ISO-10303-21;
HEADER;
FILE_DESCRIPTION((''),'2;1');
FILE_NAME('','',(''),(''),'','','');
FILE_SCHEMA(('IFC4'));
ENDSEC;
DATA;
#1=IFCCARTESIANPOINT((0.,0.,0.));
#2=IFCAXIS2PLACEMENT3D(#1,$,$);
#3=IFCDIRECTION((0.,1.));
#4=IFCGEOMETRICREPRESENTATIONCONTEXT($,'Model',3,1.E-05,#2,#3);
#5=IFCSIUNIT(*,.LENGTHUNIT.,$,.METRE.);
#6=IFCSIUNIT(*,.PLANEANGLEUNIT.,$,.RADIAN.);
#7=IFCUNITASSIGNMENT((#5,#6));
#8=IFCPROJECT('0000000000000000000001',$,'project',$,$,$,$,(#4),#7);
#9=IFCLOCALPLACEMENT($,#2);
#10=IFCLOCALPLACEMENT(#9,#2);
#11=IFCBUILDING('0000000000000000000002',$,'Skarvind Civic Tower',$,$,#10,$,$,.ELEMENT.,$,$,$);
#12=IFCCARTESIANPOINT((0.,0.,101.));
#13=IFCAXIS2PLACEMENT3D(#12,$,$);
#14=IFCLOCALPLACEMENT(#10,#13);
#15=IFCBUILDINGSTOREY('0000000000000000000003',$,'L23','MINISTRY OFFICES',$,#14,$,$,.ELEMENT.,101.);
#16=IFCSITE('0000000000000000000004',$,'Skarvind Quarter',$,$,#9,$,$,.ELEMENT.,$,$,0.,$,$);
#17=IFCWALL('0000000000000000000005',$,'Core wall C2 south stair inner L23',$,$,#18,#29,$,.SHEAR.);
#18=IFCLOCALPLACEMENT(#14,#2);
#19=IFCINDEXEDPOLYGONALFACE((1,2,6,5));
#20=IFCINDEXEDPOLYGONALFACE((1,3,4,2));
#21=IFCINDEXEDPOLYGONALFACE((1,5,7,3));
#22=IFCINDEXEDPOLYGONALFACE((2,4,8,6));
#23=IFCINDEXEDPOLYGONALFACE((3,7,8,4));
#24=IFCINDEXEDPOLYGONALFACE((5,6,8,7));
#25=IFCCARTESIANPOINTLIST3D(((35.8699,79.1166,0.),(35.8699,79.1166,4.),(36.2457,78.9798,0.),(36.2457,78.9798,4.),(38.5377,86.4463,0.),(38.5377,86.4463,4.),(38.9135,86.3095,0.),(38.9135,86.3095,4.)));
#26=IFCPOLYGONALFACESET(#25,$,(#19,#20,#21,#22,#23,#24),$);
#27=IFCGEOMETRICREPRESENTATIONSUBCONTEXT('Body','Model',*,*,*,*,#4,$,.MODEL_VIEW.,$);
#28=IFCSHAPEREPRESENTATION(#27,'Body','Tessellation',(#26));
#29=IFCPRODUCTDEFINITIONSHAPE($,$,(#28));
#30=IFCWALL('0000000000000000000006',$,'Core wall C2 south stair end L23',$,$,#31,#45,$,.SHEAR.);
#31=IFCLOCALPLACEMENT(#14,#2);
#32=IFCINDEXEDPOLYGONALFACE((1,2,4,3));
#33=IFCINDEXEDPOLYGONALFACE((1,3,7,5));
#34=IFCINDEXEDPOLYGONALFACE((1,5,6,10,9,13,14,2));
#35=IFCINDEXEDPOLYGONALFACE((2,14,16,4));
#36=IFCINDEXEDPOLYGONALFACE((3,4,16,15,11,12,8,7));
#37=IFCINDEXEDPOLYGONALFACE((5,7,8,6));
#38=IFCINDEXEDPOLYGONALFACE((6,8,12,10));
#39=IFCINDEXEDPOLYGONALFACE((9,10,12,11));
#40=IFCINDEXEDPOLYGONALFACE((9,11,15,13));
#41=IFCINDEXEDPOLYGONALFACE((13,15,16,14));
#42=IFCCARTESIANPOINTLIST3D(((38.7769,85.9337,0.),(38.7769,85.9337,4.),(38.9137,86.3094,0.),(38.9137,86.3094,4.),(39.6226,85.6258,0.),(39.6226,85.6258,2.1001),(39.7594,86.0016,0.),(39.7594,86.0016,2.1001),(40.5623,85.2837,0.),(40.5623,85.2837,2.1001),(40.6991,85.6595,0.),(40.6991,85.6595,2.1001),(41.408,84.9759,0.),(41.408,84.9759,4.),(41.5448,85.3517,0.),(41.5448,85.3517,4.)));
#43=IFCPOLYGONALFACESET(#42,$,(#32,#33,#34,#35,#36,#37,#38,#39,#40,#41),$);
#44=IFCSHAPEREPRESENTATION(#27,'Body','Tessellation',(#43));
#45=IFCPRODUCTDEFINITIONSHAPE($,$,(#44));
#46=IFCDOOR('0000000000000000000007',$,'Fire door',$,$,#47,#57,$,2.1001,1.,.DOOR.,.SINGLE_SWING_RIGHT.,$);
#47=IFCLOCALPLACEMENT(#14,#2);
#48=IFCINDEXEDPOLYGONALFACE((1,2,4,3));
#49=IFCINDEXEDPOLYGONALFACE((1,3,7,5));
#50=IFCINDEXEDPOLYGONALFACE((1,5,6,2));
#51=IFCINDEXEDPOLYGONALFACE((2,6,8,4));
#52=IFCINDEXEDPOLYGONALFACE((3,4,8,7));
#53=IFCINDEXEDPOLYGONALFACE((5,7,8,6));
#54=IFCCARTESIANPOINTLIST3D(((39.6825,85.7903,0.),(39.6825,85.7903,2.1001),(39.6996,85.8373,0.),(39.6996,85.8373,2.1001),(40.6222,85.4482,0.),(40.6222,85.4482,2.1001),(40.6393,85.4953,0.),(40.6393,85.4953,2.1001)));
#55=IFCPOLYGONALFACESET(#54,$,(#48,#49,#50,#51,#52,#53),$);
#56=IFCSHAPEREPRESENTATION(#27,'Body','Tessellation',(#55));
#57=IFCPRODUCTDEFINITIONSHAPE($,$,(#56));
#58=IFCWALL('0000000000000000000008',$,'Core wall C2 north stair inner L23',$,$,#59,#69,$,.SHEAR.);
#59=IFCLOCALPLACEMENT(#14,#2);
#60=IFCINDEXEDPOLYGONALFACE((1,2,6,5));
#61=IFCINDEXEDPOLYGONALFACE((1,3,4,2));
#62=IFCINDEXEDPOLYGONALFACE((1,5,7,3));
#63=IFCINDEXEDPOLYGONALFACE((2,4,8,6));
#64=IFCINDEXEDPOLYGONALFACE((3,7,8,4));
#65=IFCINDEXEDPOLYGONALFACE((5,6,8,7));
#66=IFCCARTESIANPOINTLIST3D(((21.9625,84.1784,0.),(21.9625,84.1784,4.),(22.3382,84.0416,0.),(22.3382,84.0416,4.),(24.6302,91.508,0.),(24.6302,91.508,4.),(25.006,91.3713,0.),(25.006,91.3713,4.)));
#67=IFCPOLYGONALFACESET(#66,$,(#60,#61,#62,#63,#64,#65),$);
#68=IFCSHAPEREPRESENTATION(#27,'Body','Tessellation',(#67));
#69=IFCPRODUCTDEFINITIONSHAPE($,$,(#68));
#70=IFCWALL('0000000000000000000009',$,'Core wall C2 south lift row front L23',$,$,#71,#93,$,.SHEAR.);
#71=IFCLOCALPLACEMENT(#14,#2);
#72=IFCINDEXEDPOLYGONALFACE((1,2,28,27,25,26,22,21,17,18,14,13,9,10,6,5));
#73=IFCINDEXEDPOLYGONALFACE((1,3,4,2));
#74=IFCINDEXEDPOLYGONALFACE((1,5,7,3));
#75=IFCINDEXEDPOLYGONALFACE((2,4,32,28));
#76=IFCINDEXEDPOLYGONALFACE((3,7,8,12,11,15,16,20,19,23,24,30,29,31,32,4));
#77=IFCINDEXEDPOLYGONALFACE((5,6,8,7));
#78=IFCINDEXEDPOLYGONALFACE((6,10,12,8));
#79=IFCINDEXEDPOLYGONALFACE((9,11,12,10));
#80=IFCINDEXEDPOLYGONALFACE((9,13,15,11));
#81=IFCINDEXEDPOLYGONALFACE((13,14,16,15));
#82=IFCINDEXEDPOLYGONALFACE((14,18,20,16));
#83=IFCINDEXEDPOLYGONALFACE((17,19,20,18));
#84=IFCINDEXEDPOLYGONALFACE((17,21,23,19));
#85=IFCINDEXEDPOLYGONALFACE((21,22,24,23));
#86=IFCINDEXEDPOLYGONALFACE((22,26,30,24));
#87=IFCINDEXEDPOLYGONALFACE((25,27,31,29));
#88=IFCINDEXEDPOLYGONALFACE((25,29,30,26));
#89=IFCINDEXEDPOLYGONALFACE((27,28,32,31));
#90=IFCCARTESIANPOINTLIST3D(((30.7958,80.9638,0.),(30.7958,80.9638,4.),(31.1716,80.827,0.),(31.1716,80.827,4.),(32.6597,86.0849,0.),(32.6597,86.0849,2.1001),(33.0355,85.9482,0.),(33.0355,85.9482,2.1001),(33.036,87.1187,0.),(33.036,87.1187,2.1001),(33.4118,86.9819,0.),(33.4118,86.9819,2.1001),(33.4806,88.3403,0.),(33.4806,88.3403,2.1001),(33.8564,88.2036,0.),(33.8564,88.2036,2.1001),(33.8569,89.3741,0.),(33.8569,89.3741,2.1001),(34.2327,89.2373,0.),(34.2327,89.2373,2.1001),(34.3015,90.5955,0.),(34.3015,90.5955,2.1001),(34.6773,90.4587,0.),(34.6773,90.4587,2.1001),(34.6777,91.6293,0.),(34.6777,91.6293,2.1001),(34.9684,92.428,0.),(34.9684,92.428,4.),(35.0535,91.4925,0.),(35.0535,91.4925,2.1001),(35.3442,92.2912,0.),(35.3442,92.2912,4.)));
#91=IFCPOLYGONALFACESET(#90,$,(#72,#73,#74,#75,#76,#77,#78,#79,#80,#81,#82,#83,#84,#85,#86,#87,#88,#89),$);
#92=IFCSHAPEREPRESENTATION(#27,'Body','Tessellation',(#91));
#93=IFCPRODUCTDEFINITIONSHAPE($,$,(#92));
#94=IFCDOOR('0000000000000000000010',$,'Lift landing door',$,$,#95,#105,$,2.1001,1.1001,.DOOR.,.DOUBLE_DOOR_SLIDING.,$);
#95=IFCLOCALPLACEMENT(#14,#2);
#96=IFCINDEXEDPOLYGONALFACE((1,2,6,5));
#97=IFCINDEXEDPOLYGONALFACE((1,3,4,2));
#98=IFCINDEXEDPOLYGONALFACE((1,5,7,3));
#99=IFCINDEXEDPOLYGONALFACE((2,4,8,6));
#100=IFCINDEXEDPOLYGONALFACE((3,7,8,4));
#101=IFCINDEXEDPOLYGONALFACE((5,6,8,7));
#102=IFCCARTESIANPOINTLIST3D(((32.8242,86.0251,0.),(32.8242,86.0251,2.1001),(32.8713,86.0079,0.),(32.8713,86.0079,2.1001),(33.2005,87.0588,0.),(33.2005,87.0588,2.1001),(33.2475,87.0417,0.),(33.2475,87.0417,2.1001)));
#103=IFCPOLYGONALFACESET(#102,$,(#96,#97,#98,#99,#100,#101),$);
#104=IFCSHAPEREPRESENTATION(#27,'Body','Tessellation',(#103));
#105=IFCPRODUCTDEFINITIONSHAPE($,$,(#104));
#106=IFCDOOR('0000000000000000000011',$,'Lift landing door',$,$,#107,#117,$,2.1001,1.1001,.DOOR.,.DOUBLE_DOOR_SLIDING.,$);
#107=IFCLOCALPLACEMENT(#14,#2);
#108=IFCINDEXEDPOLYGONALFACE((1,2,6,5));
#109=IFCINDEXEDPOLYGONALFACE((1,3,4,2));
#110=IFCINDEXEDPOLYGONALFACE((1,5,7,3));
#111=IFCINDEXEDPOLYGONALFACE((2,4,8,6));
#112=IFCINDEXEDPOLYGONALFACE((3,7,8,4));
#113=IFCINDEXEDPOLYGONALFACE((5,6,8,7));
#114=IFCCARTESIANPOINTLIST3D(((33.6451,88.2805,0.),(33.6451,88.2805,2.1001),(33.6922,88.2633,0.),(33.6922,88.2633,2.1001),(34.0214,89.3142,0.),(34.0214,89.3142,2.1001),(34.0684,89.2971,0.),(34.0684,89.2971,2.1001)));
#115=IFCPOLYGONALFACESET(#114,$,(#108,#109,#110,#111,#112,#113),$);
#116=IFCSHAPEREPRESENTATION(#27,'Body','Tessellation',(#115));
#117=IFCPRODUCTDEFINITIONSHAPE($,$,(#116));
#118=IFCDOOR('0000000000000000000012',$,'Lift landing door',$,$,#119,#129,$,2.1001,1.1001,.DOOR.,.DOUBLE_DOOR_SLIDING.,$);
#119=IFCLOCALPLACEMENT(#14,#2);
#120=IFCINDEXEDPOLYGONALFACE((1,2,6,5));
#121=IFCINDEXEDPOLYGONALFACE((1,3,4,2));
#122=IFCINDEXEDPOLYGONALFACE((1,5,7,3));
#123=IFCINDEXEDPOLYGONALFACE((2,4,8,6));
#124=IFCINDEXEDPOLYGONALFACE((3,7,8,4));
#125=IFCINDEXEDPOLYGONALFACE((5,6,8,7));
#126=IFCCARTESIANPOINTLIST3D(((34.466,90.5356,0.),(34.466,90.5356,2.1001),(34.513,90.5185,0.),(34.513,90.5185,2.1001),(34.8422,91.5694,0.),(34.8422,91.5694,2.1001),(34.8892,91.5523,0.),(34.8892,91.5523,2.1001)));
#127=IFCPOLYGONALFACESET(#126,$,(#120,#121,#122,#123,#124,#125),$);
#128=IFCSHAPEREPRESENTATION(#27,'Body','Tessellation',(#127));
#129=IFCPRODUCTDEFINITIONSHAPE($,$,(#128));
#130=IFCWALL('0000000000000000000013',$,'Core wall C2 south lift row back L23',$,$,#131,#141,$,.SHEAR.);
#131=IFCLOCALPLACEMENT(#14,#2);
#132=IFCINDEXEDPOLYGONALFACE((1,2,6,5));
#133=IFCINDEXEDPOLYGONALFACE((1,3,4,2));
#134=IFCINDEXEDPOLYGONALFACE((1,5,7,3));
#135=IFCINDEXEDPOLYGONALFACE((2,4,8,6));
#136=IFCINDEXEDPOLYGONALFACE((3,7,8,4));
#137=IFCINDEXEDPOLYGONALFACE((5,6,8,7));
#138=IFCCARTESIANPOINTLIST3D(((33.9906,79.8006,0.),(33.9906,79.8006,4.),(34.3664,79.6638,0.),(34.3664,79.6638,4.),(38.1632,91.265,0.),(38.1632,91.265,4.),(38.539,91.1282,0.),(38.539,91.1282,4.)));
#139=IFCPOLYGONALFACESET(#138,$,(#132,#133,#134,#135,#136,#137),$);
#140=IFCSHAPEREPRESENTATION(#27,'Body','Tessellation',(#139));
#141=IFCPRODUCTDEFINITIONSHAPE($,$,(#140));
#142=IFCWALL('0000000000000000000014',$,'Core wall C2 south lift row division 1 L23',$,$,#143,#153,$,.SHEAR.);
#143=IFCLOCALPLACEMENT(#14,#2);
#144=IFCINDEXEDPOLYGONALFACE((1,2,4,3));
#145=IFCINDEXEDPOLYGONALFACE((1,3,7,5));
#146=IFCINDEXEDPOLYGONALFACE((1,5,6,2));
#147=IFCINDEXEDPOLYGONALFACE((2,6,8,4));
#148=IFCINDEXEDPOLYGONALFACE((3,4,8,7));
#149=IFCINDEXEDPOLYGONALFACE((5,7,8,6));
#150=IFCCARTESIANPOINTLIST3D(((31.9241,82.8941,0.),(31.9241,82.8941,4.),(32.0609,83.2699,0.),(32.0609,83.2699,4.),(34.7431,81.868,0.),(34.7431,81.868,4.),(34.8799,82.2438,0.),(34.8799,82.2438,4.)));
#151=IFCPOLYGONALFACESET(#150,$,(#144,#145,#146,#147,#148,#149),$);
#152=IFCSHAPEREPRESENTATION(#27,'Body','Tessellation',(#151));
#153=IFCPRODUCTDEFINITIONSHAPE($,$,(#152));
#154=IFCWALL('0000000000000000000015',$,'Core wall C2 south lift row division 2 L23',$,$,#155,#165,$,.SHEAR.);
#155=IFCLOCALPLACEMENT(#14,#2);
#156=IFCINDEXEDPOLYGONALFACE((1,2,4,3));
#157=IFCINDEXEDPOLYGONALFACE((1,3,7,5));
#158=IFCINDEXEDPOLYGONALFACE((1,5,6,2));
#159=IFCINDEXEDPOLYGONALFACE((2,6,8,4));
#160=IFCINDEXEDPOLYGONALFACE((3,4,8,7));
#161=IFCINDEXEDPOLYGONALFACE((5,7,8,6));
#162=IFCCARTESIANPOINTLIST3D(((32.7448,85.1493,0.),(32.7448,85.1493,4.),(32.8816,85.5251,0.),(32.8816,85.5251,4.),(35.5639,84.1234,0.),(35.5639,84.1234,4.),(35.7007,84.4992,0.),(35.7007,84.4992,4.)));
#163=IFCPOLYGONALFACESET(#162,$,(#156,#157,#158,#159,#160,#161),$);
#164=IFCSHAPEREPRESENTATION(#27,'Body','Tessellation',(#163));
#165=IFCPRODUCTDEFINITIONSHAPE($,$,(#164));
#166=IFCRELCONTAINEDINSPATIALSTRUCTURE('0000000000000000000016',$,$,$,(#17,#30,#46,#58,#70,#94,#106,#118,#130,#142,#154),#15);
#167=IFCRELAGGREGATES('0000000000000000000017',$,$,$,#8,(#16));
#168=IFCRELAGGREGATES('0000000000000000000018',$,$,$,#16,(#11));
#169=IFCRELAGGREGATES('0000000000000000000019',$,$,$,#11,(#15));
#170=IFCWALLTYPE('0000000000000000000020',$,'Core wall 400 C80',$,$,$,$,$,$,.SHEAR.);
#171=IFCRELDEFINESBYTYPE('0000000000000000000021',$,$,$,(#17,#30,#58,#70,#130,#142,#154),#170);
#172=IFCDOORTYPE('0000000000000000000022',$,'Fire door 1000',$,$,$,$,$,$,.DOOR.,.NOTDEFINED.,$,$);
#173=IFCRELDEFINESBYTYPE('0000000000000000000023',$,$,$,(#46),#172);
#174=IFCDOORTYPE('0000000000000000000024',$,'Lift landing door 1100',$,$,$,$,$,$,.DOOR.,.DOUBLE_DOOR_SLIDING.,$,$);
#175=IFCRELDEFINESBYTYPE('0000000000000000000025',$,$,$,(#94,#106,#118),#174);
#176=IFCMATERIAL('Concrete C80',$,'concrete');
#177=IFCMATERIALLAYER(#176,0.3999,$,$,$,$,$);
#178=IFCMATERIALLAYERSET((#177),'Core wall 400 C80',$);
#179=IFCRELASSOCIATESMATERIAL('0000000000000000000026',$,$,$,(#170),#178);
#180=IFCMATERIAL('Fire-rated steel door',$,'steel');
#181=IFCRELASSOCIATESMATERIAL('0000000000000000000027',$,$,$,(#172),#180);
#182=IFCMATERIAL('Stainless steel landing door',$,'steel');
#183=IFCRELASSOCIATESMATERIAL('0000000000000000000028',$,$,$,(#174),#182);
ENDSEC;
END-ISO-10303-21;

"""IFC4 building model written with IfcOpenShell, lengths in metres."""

from ifc_helpers import new_model, si_unit, direction, frame, frame_2d, origin, place, context, subcontext, project, spatial, rectangle, extrude, material, layer, layer_set, type_object, element, fill, save


model = new_model("IFC4")

# Units and contexts
model_context = context("Model", 3, precision=1e-05, world=origin(), true_north=direction((0.0, 1.0)))
body_context = subcontext(model_context, "Body", "Model", "MODEL_VIEW")
ifc_project = project(units=[si_unit("LENGTHUNIT", "METRE"), si_unit("PLANEANGLEUNIT", "RADIAN")], contexts=[model_context])

# Site, building, storey
site_placement = place(None, origin())
site = spatial("IfcSite", under=ifc_project, at=site_placement, Name="Skarvind Quarter", CompositionType="ELEMENT", RefElevation=0.0)
building_placement = place(site_placement, origin())
building = spatial("IfcBuilding", under=site, at=building_placement, Name="Skarvind Civic Tower", CompositionType="ELEMENT")
storey_placement = place(building_placement, frame((0.0, 0.0, 101.0)))
storey = spatial("IfcBuildingStorey", under=building, at=storey_placement, Name="L23", Description="MINISTRY OFFICES", CompositionType="ELEMENT", Elevation=101.0)

# Wall
ifc_material_1 = material(Name="Concrete C80", Category="concrete")
ifc_layer_1 = layer(ifc_material_1, 0.3999)
ifc_layer_set_1 = layer_set([ifc_layer_1], Name="Core wall 400 C80")
wall_type_1 = type_object("IfcWallType", Name="Core wall 400 C80", PredefinedType="SHEAR", material=ifc_layer_set_1)
wall_1_placement = place(storey_placement, frame((36.0579, 79.0483, 0.0), z_axis=(0.0, 0.0, 1.0), x_axis=(0.342017, 0.939694, 0.0)))
element("IfcWall", 1, at=wall_1_placement, inside=storey, type_object=wall_type_1, Name="Core wall C2 south stair inner L23", PredefinedType="SHEAR", context=body_context, shape_type="SweptSolid", body=[
    extrude(rectangle(XDim=7.8, YDim=0.3999, at=frame_2d((3.8999, 0.0))), origin(), (0.0, 0.0, 1.0), 4.0),
])

# Wall, opening, door
wall_2_placement = place(storey_placement, frame((41.4763, 85.1638, 0.0), z_axis=(0.0, 0.0, 1.0), x_axis=(-0.939679, 0.342058, 0.0)))
wall_2 = element("IfcWall", 2, at=wall_2_placement, inside=storey, type_object=wall_type_1, Name="Core wall C2 south stair end L23", PredefinedType="SHEAR", context=body_context, shape_type="SweptSolid", body=[
    extrude(rectangle(XDim=2.8, YDim=0.3999, at=frame_2d((1.3999, 0.0))), origin(), (0.0, 0.0, 1.0), 4.0),
])
opening_1_placement = place(wall_2_placement, frame((0.8999, 0.0, 0.0)))
opening_1 = element("IfcOpeningElement", 3, at=opening_1_placement, cuts=wall_2, PredefinedType="OPENING", context=body_context, shape_type="SweptSolid", body=[
    extrude(rectangle(XDim=1.0, YDim=2.1001, at=frame_2d((0.5, 1.05))), frame((0.0, 0.21, 0.0), z_axis=(0.0, -1.0, 0.0), x_axis=(1.0, 0.0, 0.0)), (0.0, 0.0, 1.0), 0.4199),
])
ifc_material_2 = material(Name="Fire-rated steel door", Category="steel")
door_type_1 = type_object("IfcDoorType", Name="Fire door 1000", OperationType="NOTDEFINED", PredefinedType="DOOR", material=ifc_material_2)
door_1_placement = place(opening_1_placement, origin())
door_1 = element("IfcDoor", 4, at=door_1_placement, inside=storey, type_object=door_type_1, Name="Fire door", OperationType="SINGLE_SWING_RIGHT", OverallHeight=2.1001, OverallWidth=1.0, PredefinedType="DOOR", context=body_context, shape_type="SweptSolid", body=[
    extrude(rectangle(XDim=1.0, YDim=2.1001, at=frame_2d((0.5, 1.05))), frame((0.0, 0.0249, 0.0), z_axis=(0.0, -1.0, 0.0), x_axis=(1.0, 0.0, 0.0)), (0.0, 0.0, 1.0), 0.05),
])
fill(opening_1, door_1)

# Wall
wall_3_placement = place(storey_placement, frame((22.1504, 84.1101, 0.0), z_axis=(0.0, 0.0, 1.0), x_axis=(0.342017, 0.939694, 0.0)))
element("IfcWall", 5, at=wall_3_placement, inside=storey, type_object=wall_type_1, Name="Core wall C2 north stair inner L23", PredefinedType="SHEAR", context=body_context, shape_type="SweptSolid", body=[
    extrude(rectangle(XDim=7.8, YDim=0.3999, at=frame_2d((3.8999, 0.0))), origin(), (0.0, 0.0, 1.0), 4.0),
])

# Wall, openings, doors
wall_4_placement = place(storey_placement, frame((30.9836, 80.8953, 0.0), z_axis=(0.0, 0.0, 1.0), x_axis=(0.342021, 0.939692, 0.0)))
wall_4 = element("IfcWall", 6, at=wall_4_placement, inside=storey, type_object=wall_type_1, Name="Core wall C2 south lift row front L23", PredefinedType="SHEAR", context=body_context, shape_type="SweptSolid", body=[
    extrude(rectangle(XDim=12.2, YDim=0.3999, at=frame_2d((6.1001, 0.0))), origin(), (0.0, 0.0, 1.0), 4.0),
])
opening_2_placement = place(wall_4_placement, frame((5.45, 0.0, 0.0)))
opening_2 = element("IfcOpeningElement", 7, at=opening_2_placement, cuts=wall_4, PredefinedType="OPENING", context=body_context, shape_type="SweptSolid", body=[
    extrude(rectangle(XDim=1.1001, YDim=2.1001, at=frame_2d((0.55, 1.05))), frame((0.0, 0.21, 0.0), z_axis=(0.0, -1.0, 0.0), x_axis=(1.0, 0.0, 0.0)), (0.0, 0.0, 1.0), 0.4199),
])
opening_3_placement = place(wall_4_placement, frame((7.8501, 0.0, 0.0)))
opening_3 = element("IfcOpeningElement", 8, at=opening_3_placement, cuts=wall_4, PredefinedType="OPENING", context=body_context, shape_type="SweptSolid", body=[
    extrude(rectangle(XDim=1.1001, YDim=2.1001, at=frame_2d((0.55, 1.05))), frame((0.0, 0.21, 0.0), z_axis=(0.0, -1.0, 0.0), x_axis=(1.0, 0.0, 0.0)), (0.0, 0.0, 1.0), 0.4199),
])
opening_4_placement = place(wall_4_placement, frame((10.25, 0.0, 0.0)))
opening_4 = element("IfcOpeningElement", 9, at=opening_4_placement, cuts=wall_4, PredefinedType="OPENING", context=body_context, shape_type="SweptSolid", body=[
    extrude(rectangle(XDim=1.1001, YDim=2.1001, at=frame_2d((0.55, 1.05))), frame((0.0, 0.21, 0.0), z_axis=(0.0, -1.0, 0.0), x_axis=(1.0, 0.0, 0.0)), (0.0, 0.0, 1.0), 0.4199),
])
ifc_material_3 = material(Name="Stainless steel landing door", Category="steel")
door_type_2 = type_object("IfcDoorType", Name="Lift landing door 1100", OperationType="DOUBLE_DOOR_SLIDING", PredefinedType="DOOR", material=ifc_material_3)
door_2_placement = place(opening_2_placement, origin())
door_2 = element("IfcDoor", 10, at=door_2_placement, inside=storey, type_object=door_type_2, Name="Lift landing door", OperationType="DOUBLE_DOOR_SLIDING", OverallHeight=2.1001, OverallWidth=1.1001, PredefinedType="DOOR", context=body_context, shape_type="SweptSolid", body=[
    extrude(rectangle(XDim=1.1001, YDim=2.1001, at=frame_2d((0.55, 1.05))), frame((0.0, 0.0249, 0.0), z_axis=(0.0, -1.0, 0.0), x_axis=(1.0, 0.0, 0.0)), (0.0, 0.0, 1.0), 0.05),
])
fill(opening_2, door_2)
door_3_placement = place(opening_3_placement, origin())
door_3 = element("IfcDoor", 11, at=door_3_placement, inside=storey, type_object=door_type_2, Name="Lift landing door", OperationType="DOUBLE_DOOR_SLIDING", OverallHeight=2.1001, OverallWidth=1.1001, PredefinedType="DOOR", context=body_context, shape_type="SweptSolid", body=[
    extrude(rectangle(XDim=1.1001, YDim=2.1001, at=frame_2d((0.55, 1.05))), frame((0.0, 0.0249, 0.0), z_axis=(0.0, -1.0, 0.0), x_axis=(1.0, 0.0, 0.0)), (0.0, 0.0, 1.0), 0.05),
])
fill(opening_3, door_3)
door_4_placement = place(opening_4_placement, origin())
door_4 = element("IfcDoor", 12, at=door_4_placement, inside=storey, type_object=door_type_2, Name="Lift landing door", OperationType="DOUBLE_DOOR_SLIDING", OverallHeight=2.1001, OverallWidth=1.1001, PredefinedType="DOOR", context=body_context, shape_type="SweptSolid", body=[
    extrude(rectangle(XDim=1.1001, YDim=2.1001, at=frame_2d((0.55, 1.05))), frame((0.0, 0.0249, 0.0), z_axis=(0.0, -1.0, 0.0), x_axis=(1.0, 0.0, 0.0)), (0.0, 0.0, 1.0), 0.05),
])
fill(opening_4, door_4)

# Walls
wall_5_placement = place(storey_placement, frame((34.1785, 79.7322, 0.0), z_axis=(0.0, 0.0, 1.0), x_axis=(0.342015, 0.939695, 0.0)))
element("IfcWall", 13, at=wall_5_placement, inside=storey, type_object=wall_type_1, Name="Core wall C2 south lift row back L23", PredefinedType="SHEAR", context=body_context, shape_type="SweptSolid", body=[
    extrude(rectangle(XDim=12.2002, YDim=0.3999, at=frame_2d((6.1001, 0.0))), origin(), (0.0, 0.0, 1.0), 4.0),
])
for number, where, z_axis, x_axis, name in (
    (14, (34.8115, 82.0559, 0.0), (0.0, 0.0, 1.0), (-0.939686, 0.342037, 0.0), "Core wall C2 south lift row division 1 L23"),
    (15, (35.6323, 84.3113, 0.0), (0.0, 0.0, 1.0), (-0.939713, 0.341965, 0.0), "Core wall C2 south lift row division 2 L23"),
):
    element("IfcWall", number, at=place(storey_placement, frame(where, z_axis=z_axis, x_axis=x_axis)), inside=storey, type_object=wall_type_1, Name=name, PredefinedType="SHEAR", context=body_context, shape_type="SweptSolid", body=[
        extrude(rectangle(XDim=3.0, YDim=0.3999, at=frame_2d((1.5, 0.0))), origin(), (0.0, 0.0, 1.0), 4.0),
    ])

save(model, "model.ifc")
